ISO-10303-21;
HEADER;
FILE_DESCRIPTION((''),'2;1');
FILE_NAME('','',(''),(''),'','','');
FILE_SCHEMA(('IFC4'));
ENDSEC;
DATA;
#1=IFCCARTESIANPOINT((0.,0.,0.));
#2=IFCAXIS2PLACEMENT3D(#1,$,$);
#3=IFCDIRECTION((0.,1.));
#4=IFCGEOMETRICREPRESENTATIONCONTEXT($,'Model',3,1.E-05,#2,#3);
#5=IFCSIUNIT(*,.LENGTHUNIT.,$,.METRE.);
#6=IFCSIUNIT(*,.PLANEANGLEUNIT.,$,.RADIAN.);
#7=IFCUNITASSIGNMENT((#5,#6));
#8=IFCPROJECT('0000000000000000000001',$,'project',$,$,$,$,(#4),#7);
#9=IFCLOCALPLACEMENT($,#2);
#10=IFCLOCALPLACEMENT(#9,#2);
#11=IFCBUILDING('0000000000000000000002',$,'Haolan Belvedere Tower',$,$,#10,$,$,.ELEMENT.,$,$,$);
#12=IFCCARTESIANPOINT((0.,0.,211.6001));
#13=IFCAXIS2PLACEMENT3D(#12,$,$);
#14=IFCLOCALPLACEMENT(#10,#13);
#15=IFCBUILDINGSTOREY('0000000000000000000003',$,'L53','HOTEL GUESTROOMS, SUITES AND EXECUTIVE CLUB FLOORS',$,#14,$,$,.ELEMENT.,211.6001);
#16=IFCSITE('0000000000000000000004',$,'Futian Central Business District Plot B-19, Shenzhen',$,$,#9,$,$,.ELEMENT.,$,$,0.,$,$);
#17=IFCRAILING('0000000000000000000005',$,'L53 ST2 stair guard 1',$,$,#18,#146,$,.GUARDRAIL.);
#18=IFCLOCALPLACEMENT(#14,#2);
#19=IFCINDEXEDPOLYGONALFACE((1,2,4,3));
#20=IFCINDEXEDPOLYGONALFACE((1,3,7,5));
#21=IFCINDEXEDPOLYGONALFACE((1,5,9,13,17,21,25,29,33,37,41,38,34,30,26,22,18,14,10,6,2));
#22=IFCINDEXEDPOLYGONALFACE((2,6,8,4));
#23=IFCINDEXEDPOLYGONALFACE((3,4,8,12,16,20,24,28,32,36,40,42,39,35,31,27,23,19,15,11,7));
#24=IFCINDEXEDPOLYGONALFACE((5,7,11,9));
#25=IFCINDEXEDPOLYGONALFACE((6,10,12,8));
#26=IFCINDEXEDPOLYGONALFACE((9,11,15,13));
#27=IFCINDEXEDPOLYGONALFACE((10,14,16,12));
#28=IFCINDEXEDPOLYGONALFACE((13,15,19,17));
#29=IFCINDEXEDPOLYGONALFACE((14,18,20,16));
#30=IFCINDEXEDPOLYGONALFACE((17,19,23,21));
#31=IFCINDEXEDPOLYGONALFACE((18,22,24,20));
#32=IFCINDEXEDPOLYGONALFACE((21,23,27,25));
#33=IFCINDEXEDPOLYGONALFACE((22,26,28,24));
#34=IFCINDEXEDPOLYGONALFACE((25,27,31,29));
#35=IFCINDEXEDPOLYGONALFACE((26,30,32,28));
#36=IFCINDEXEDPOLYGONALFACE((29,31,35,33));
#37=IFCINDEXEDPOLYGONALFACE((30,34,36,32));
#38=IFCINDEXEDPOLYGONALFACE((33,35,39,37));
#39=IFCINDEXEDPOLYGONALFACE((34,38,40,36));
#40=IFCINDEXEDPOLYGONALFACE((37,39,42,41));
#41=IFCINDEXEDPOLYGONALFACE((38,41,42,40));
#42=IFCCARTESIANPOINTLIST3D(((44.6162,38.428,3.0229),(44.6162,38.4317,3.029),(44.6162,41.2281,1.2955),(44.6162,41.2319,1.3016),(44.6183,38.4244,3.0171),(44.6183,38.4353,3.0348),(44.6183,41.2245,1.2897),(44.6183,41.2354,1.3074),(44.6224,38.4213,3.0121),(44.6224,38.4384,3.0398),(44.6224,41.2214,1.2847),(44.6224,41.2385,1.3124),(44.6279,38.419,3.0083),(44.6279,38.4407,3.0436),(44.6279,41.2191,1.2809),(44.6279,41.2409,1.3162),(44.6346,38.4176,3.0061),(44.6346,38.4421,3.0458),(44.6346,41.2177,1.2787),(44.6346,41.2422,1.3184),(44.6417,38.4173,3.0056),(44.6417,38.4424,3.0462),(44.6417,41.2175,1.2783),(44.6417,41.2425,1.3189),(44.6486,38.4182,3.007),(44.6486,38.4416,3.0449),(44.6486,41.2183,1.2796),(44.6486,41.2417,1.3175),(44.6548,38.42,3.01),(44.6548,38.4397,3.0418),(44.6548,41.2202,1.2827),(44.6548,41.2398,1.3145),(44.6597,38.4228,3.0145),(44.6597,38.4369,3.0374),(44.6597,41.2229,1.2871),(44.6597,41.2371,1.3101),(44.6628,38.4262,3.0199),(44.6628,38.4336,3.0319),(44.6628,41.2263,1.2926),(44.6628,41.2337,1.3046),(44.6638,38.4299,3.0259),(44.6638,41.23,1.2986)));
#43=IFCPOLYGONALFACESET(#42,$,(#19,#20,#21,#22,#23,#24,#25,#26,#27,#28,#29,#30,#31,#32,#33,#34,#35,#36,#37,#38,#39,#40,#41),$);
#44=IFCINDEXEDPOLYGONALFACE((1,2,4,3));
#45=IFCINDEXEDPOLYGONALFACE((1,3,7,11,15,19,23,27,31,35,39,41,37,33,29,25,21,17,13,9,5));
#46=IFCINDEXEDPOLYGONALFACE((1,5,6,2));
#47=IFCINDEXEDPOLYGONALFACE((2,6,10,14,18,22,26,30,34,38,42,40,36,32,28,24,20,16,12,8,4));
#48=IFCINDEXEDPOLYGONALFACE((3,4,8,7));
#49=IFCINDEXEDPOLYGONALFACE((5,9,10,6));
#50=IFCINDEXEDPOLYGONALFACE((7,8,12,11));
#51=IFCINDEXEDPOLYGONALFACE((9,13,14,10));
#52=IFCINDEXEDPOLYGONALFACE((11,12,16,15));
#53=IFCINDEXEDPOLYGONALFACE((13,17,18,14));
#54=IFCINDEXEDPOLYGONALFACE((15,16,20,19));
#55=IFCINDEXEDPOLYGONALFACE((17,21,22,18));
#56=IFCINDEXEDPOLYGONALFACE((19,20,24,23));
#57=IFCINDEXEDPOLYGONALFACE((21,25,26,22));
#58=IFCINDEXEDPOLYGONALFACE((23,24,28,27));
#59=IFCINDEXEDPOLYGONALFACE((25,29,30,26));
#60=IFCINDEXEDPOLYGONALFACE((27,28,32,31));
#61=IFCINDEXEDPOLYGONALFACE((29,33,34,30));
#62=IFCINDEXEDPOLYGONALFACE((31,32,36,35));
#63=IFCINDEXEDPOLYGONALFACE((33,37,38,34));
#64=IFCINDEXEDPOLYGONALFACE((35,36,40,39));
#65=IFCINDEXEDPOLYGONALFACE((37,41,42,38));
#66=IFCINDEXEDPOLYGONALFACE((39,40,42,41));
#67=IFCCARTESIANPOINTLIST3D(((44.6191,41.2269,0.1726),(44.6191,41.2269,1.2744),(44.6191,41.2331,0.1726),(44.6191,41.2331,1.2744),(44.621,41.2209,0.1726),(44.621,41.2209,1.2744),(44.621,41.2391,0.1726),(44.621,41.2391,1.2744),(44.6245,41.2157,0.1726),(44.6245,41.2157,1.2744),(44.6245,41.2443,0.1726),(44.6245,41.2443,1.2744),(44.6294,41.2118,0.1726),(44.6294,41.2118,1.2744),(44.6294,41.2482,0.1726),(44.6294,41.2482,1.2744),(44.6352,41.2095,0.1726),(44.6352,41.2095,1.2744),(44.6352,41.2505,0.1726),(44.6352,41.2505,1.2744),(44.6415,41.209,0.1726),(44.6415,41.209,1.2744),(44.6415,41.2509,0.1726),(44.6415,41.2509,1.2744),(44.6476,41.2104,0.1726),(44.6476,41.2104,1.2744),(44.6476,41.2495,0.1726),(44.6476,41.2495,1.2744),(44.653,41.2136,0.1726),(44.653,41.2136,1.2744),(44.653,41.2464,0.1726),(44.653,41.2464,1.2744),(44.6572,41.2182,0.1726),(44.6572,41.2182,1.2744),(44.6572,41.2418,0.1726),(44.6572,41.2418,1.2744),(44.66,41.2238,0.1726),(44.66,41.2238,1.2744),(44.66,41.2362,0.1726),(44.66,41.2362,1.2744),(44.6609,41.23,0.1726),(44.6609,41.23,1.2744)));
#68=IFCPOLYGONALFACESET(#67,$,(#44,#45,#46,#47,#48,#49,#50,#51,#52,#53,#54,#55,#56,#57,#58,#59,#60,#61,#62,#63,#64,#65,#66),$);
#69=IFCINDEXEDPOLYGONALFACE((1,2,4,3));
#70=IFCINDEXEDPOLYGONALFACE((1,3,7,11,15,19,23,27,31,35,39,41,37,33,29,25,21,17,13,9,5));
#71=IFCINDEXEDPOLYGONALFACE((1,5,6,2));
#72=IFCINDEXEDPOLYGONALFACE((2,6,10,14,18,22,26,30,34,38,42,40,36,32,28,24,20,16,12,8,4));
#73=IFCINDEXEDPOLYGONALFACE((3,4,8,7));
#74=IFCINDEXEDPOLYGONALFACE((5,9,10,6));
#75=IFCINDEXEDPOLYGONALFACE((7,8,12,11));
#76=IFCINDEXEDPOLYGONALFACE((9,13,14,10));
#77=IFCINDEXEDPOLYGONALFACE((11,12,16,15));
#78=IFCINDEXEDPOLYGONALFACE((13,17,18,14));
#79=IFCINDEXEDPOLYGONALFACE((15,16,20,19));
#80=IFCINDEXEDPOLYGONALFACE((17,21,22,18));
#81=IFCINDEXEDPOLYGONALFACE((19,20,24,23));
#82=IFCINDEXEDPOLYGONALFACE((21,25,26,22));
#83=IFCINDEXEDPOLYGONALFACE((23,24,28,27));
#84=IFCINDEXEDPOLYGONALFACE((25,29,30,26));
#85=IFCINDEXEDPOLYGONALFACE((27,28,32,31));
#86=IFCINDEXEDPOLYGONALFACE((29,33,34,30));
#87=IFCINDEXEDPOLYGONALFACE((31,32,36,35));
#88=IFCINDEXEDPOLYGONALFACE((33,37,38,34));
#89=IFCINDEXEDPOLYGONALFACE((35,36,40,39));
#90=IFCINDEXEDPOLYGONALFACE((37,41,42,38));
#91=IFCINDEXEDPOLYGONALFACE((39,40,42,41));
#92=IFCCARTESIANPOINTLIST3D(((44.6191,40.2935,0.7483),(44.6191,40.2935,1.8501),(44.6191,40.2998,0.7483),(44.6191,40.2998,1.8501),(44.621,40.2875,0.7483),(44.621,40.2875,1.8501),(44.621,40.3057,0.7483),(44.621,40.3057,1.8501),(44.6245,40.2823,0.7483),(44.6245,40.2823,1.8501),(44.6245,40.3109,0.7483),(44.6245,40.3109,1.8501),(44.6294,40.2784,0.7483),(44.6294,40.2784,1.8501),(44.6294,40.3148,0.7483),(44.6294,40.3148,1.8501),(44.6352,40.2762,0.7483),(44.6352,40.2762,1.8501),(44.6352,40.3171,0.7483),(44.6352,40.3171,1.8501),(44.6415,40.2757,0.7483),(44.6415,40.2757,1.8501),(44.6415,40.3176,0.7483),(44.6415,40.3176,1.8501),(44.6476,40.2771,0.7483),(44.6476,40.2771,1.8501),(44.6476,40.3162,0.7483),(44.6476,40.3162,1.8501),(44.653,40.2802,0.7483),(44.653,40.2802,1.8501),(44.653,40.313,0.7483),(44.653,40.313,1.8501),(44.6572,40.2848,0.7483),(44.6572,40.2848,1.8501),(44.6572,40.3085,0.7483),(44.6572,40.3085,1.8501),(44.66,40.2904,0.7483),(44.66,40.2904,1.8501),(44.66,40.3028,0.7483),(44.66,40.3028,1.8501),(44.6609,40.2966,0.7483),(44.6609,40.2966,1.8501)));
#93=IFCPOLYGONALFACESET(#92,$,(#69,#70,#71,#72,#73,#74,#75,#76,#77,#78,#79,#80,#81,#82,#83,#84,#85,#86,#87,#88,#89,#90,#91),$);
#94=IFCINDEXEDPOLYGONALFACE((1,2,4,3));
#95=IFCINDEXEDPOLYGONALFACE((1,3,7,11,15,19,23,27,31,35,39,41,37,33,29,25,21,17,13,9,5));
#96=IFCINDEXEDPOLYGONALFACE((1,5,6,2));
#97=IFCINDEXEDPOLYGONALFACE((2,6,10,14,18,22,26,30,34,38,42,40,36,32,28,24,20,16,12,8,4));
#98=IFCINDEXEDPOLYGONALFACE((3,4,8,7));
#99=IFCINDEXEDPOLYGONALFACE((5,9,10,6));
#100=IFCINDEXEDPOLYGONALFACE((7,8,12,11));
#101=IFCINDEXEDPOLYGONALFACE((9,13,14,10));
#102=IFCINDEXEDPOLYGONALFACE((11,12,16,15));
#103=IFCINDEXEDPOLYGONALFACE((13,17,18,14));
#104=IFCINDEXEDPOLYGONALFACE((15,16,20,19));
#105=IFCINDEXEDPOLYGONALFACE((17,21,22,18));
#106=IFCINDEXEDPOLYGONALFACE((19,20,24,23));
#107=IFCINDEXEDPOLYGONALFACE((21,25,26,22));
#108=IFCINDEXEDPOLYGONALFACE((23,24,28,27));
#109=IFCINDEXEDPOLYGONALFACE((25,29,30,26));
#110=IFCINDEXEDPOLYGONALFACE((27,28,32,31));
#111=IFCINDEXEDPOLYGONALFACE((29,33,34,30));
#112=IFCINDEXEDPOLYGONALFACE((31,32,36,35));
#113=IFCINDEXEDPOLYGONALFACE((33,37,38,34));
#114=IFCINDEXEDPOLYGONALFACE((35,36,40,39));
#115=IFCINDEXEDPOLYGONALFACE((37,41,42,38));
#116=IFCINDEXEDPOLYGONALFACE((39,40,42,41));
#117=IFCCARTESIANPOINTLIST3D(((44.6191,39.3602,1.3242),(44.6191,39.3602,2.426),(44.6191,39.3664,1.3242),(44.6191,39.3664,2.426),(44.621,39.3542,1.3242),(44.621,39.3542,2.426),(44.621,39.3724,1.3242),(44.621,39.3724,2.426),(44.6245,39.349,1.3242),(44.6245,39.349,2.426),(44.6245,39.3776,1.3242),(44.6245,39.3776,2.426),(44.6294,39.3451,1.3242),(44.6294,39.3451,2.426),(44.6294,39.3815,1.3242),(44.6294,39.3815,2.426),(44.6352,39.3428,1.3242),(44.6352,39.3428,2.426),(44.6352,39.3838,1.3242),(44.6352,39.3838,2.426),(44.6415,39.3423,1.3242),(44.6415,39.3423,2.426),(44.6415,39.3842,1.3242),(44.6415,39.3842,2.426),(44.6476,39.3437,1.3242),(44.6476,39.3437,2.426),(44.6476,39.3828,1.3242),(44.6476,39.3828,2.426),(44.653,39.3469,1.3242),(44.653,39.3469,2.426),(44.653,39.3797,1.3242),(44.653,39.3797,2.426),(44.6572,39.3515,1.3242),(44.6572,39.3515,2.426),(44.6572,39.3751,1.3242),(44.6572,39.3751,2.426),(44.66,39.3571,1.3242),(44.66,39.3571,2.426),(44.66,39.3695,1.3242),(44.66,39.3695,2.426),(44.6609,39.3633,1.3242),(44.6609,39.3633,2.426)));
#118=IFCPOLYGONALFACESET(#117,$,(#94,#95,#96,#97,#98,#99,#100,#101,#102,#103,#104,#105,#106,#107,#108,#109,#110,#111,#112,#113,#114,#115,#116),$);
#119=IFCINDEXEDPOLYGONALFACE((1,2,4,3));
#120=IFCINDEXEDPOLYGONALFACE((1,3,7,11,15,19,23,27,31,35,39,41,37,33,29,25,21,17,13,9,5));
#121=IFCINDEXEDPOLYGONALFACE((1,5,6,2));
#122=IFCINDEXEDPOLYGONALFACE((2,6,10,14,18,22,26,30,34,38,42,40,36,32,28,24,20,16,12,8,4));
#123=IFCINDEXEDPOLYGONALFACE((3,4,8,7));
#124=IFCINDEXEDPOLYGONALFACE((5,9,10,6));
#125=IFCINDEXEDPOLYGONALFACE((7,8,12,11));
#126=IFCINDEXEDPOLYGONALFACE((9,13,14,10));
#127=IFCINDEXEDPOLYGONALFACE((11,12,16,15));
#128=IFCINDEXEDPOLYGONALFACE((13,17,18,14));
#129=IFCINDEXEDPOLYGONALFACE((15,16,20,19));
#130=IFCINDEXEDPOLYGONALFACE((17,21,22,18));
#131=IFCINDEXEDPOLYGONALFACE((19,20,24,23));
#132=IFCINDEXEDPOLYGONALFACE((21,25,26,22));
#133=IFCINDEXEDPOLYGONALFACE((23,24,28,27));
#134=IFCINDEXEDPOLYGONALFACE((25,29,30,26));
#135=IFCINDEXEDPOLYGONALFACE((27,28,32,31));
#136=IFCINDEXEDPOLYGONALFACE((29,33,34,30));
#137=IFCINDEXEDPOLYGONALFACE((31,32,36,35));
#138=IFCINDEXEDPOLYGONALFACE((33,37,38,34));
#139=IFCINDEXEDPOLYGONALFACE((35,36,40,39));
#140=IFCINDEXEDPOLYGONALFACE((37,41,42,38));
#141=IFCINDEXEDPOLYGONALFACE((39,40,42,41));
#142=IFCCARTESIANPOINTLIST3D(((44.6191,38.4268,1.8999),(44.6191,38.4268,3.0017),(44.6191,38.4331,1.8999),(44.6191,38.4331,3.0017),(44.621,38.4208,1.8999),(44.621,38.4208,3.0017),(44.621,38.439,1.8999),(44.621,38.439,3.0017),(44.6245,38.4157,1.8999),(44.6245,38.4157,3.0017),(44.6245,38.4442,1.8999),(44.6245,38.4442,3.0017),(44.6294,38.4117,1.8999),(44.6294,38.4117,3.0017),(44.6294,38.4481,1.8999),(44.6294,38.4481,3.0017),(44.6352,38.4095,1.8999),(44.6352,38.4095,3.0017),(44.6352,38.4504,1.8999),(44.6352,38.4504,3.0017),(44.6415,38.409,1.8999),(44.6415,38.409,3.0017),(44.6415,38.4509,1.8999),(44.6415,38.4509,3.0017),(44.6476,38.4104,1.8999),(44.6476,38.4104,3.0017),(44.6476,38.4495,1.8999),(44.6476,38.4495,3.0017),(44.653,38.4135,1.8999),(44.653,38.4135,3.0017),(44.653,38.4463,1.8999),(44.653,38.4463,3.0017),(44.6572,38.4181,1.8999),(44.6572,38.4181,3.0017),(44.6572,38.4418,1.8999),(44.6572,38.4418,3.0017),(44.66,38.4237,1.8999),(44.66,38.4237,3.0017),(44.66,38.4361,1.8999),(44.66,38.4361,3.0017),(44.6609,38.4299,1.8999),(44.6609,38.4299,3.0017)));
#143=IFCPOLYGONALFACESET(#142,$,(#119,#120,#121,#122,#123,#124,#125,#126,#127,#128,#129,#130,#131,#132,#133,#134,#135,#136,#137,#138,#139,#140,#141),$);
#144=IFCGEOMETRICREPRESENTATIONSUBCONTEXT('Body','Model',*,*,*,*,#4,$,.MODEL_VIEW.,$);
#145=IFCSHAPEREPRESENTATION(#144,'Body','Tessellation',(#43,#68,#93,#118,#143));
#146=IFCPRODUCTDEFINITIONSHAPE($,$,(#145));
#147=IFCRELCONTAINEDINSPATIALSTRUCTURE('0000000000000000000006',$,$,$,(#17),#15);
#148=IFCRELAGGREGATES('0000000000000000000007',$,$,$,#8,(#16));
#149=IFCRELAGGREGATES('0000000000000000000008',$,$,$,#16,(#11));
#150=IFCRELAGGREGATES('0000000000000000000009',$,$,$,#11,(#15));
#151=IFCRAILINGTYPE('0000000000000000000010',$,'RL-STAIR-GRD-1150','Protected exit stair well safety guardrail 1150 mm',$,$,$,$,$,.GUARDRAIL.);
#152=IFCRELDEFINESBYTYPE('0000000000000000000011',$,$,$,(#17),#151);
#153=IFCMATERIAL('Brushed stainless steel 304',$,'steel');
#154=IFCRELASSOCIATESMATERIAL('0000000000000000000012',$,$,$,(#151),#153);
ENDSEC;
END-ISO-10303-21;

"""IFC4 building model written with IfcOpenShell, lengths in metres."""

from ifc_helpers import new_model, si_unit, direction, frame, origin, origin_2d, place, context, subcontext, project, spatial, circle, extrude, material, type_object, element, save


model = new_model("IFC4")

# Units and contexts
model_context = context("Model", 3, precision=1e-05, world=origin(), true_north=direction((0.0, 1.0)))
body_context = subcontext(model_context, "Body", "Model", "MODEL_VIEW")
ifc_project = project(units=[si_unit("LENGTHUNIT", "METRE"), si_unit("PLANEANGLEUNIT", "RADIAN")], contexts=[model_context])

# Site, building, storey
site_placement = place(None, origin())
site = spatial("IfcSite", under=ifc_project, at=site_placement, Name="Futian Central Business District Plot B-19, Shenzhen", CompositionType="ELEMENT", RefElevation=0.0)
building_placement = place(site_placement, origin())
building = spatial("IfcBuilding", under=site, at=building_placement, Name="Haolan Belvedere Tower", CompositionType="ELEMENT")
storey_placement = place(building_placement, frame((0.0, 0.0, 211.6001)))
storey = spatial("IfcBuildingStorey", under=building, at=storey_placement, Name="L53", Description="HOTEL GUESTROOMS, SUITES AND EXECUTIVE CLUB FLOORS", CompositionType="ELEMENT", Elevation=211.6001)

# Railing
ifc_material_1 = material(Name="Brushed stainless steel 304", Category="steel")
railing_type_1 = type_object("IfcRailingType", Name="RL-STAIR-GRD-1150", Description="Protected exit stair well safety guardrail 1150 mm", PredefinedType="GUARDRAIL", material=ifc_material_1)
railing_1_placement = place(storey_placement, frame((44.6399, 41.23, 0.1726)))
element("IfcRailing", 1, at=railing_1_placement, inside=storey, type_object=railing_type_1, Name="L53 ST2 stair guard 1", PredefinedType="GUARDRAIL", context=body_context, shape_type="SweptSolid", body=[
    extrude(circle(Radius=0.0239, at=origin_2d()), frame((0.0, 0.0, 1.126), z_axis=(0.0, -0.85109, 0.52502), x_axis=(1.0, 0.0, 0.0)), (0.0, 0.0, 1.0), 3.29),
    extrude(circle(Radius=0.021, at=origin_2d()), origin(), (0.0, 0.0, 1.0), 1.1018),
    extrude(circle(Radius=0.021, at=origin_2d()), frame((0.0, -0.9333, 0.5757)), (0.0, 0.0, 1.0), 1.1018),
    extrude(circle(Radius=0.021, at=origin_2d()), frame((0.0, -1.8667, 1.1516)), (0.0, 0.0, 1.0), 1.1018),
    extrude(circle(Radius=0.021, at=origin_2d()), frame((0.0, -2.8, 1.7273)), (0.0, 0.0, 1.0), 1.1018),
])

save(model, "model.ifc")
